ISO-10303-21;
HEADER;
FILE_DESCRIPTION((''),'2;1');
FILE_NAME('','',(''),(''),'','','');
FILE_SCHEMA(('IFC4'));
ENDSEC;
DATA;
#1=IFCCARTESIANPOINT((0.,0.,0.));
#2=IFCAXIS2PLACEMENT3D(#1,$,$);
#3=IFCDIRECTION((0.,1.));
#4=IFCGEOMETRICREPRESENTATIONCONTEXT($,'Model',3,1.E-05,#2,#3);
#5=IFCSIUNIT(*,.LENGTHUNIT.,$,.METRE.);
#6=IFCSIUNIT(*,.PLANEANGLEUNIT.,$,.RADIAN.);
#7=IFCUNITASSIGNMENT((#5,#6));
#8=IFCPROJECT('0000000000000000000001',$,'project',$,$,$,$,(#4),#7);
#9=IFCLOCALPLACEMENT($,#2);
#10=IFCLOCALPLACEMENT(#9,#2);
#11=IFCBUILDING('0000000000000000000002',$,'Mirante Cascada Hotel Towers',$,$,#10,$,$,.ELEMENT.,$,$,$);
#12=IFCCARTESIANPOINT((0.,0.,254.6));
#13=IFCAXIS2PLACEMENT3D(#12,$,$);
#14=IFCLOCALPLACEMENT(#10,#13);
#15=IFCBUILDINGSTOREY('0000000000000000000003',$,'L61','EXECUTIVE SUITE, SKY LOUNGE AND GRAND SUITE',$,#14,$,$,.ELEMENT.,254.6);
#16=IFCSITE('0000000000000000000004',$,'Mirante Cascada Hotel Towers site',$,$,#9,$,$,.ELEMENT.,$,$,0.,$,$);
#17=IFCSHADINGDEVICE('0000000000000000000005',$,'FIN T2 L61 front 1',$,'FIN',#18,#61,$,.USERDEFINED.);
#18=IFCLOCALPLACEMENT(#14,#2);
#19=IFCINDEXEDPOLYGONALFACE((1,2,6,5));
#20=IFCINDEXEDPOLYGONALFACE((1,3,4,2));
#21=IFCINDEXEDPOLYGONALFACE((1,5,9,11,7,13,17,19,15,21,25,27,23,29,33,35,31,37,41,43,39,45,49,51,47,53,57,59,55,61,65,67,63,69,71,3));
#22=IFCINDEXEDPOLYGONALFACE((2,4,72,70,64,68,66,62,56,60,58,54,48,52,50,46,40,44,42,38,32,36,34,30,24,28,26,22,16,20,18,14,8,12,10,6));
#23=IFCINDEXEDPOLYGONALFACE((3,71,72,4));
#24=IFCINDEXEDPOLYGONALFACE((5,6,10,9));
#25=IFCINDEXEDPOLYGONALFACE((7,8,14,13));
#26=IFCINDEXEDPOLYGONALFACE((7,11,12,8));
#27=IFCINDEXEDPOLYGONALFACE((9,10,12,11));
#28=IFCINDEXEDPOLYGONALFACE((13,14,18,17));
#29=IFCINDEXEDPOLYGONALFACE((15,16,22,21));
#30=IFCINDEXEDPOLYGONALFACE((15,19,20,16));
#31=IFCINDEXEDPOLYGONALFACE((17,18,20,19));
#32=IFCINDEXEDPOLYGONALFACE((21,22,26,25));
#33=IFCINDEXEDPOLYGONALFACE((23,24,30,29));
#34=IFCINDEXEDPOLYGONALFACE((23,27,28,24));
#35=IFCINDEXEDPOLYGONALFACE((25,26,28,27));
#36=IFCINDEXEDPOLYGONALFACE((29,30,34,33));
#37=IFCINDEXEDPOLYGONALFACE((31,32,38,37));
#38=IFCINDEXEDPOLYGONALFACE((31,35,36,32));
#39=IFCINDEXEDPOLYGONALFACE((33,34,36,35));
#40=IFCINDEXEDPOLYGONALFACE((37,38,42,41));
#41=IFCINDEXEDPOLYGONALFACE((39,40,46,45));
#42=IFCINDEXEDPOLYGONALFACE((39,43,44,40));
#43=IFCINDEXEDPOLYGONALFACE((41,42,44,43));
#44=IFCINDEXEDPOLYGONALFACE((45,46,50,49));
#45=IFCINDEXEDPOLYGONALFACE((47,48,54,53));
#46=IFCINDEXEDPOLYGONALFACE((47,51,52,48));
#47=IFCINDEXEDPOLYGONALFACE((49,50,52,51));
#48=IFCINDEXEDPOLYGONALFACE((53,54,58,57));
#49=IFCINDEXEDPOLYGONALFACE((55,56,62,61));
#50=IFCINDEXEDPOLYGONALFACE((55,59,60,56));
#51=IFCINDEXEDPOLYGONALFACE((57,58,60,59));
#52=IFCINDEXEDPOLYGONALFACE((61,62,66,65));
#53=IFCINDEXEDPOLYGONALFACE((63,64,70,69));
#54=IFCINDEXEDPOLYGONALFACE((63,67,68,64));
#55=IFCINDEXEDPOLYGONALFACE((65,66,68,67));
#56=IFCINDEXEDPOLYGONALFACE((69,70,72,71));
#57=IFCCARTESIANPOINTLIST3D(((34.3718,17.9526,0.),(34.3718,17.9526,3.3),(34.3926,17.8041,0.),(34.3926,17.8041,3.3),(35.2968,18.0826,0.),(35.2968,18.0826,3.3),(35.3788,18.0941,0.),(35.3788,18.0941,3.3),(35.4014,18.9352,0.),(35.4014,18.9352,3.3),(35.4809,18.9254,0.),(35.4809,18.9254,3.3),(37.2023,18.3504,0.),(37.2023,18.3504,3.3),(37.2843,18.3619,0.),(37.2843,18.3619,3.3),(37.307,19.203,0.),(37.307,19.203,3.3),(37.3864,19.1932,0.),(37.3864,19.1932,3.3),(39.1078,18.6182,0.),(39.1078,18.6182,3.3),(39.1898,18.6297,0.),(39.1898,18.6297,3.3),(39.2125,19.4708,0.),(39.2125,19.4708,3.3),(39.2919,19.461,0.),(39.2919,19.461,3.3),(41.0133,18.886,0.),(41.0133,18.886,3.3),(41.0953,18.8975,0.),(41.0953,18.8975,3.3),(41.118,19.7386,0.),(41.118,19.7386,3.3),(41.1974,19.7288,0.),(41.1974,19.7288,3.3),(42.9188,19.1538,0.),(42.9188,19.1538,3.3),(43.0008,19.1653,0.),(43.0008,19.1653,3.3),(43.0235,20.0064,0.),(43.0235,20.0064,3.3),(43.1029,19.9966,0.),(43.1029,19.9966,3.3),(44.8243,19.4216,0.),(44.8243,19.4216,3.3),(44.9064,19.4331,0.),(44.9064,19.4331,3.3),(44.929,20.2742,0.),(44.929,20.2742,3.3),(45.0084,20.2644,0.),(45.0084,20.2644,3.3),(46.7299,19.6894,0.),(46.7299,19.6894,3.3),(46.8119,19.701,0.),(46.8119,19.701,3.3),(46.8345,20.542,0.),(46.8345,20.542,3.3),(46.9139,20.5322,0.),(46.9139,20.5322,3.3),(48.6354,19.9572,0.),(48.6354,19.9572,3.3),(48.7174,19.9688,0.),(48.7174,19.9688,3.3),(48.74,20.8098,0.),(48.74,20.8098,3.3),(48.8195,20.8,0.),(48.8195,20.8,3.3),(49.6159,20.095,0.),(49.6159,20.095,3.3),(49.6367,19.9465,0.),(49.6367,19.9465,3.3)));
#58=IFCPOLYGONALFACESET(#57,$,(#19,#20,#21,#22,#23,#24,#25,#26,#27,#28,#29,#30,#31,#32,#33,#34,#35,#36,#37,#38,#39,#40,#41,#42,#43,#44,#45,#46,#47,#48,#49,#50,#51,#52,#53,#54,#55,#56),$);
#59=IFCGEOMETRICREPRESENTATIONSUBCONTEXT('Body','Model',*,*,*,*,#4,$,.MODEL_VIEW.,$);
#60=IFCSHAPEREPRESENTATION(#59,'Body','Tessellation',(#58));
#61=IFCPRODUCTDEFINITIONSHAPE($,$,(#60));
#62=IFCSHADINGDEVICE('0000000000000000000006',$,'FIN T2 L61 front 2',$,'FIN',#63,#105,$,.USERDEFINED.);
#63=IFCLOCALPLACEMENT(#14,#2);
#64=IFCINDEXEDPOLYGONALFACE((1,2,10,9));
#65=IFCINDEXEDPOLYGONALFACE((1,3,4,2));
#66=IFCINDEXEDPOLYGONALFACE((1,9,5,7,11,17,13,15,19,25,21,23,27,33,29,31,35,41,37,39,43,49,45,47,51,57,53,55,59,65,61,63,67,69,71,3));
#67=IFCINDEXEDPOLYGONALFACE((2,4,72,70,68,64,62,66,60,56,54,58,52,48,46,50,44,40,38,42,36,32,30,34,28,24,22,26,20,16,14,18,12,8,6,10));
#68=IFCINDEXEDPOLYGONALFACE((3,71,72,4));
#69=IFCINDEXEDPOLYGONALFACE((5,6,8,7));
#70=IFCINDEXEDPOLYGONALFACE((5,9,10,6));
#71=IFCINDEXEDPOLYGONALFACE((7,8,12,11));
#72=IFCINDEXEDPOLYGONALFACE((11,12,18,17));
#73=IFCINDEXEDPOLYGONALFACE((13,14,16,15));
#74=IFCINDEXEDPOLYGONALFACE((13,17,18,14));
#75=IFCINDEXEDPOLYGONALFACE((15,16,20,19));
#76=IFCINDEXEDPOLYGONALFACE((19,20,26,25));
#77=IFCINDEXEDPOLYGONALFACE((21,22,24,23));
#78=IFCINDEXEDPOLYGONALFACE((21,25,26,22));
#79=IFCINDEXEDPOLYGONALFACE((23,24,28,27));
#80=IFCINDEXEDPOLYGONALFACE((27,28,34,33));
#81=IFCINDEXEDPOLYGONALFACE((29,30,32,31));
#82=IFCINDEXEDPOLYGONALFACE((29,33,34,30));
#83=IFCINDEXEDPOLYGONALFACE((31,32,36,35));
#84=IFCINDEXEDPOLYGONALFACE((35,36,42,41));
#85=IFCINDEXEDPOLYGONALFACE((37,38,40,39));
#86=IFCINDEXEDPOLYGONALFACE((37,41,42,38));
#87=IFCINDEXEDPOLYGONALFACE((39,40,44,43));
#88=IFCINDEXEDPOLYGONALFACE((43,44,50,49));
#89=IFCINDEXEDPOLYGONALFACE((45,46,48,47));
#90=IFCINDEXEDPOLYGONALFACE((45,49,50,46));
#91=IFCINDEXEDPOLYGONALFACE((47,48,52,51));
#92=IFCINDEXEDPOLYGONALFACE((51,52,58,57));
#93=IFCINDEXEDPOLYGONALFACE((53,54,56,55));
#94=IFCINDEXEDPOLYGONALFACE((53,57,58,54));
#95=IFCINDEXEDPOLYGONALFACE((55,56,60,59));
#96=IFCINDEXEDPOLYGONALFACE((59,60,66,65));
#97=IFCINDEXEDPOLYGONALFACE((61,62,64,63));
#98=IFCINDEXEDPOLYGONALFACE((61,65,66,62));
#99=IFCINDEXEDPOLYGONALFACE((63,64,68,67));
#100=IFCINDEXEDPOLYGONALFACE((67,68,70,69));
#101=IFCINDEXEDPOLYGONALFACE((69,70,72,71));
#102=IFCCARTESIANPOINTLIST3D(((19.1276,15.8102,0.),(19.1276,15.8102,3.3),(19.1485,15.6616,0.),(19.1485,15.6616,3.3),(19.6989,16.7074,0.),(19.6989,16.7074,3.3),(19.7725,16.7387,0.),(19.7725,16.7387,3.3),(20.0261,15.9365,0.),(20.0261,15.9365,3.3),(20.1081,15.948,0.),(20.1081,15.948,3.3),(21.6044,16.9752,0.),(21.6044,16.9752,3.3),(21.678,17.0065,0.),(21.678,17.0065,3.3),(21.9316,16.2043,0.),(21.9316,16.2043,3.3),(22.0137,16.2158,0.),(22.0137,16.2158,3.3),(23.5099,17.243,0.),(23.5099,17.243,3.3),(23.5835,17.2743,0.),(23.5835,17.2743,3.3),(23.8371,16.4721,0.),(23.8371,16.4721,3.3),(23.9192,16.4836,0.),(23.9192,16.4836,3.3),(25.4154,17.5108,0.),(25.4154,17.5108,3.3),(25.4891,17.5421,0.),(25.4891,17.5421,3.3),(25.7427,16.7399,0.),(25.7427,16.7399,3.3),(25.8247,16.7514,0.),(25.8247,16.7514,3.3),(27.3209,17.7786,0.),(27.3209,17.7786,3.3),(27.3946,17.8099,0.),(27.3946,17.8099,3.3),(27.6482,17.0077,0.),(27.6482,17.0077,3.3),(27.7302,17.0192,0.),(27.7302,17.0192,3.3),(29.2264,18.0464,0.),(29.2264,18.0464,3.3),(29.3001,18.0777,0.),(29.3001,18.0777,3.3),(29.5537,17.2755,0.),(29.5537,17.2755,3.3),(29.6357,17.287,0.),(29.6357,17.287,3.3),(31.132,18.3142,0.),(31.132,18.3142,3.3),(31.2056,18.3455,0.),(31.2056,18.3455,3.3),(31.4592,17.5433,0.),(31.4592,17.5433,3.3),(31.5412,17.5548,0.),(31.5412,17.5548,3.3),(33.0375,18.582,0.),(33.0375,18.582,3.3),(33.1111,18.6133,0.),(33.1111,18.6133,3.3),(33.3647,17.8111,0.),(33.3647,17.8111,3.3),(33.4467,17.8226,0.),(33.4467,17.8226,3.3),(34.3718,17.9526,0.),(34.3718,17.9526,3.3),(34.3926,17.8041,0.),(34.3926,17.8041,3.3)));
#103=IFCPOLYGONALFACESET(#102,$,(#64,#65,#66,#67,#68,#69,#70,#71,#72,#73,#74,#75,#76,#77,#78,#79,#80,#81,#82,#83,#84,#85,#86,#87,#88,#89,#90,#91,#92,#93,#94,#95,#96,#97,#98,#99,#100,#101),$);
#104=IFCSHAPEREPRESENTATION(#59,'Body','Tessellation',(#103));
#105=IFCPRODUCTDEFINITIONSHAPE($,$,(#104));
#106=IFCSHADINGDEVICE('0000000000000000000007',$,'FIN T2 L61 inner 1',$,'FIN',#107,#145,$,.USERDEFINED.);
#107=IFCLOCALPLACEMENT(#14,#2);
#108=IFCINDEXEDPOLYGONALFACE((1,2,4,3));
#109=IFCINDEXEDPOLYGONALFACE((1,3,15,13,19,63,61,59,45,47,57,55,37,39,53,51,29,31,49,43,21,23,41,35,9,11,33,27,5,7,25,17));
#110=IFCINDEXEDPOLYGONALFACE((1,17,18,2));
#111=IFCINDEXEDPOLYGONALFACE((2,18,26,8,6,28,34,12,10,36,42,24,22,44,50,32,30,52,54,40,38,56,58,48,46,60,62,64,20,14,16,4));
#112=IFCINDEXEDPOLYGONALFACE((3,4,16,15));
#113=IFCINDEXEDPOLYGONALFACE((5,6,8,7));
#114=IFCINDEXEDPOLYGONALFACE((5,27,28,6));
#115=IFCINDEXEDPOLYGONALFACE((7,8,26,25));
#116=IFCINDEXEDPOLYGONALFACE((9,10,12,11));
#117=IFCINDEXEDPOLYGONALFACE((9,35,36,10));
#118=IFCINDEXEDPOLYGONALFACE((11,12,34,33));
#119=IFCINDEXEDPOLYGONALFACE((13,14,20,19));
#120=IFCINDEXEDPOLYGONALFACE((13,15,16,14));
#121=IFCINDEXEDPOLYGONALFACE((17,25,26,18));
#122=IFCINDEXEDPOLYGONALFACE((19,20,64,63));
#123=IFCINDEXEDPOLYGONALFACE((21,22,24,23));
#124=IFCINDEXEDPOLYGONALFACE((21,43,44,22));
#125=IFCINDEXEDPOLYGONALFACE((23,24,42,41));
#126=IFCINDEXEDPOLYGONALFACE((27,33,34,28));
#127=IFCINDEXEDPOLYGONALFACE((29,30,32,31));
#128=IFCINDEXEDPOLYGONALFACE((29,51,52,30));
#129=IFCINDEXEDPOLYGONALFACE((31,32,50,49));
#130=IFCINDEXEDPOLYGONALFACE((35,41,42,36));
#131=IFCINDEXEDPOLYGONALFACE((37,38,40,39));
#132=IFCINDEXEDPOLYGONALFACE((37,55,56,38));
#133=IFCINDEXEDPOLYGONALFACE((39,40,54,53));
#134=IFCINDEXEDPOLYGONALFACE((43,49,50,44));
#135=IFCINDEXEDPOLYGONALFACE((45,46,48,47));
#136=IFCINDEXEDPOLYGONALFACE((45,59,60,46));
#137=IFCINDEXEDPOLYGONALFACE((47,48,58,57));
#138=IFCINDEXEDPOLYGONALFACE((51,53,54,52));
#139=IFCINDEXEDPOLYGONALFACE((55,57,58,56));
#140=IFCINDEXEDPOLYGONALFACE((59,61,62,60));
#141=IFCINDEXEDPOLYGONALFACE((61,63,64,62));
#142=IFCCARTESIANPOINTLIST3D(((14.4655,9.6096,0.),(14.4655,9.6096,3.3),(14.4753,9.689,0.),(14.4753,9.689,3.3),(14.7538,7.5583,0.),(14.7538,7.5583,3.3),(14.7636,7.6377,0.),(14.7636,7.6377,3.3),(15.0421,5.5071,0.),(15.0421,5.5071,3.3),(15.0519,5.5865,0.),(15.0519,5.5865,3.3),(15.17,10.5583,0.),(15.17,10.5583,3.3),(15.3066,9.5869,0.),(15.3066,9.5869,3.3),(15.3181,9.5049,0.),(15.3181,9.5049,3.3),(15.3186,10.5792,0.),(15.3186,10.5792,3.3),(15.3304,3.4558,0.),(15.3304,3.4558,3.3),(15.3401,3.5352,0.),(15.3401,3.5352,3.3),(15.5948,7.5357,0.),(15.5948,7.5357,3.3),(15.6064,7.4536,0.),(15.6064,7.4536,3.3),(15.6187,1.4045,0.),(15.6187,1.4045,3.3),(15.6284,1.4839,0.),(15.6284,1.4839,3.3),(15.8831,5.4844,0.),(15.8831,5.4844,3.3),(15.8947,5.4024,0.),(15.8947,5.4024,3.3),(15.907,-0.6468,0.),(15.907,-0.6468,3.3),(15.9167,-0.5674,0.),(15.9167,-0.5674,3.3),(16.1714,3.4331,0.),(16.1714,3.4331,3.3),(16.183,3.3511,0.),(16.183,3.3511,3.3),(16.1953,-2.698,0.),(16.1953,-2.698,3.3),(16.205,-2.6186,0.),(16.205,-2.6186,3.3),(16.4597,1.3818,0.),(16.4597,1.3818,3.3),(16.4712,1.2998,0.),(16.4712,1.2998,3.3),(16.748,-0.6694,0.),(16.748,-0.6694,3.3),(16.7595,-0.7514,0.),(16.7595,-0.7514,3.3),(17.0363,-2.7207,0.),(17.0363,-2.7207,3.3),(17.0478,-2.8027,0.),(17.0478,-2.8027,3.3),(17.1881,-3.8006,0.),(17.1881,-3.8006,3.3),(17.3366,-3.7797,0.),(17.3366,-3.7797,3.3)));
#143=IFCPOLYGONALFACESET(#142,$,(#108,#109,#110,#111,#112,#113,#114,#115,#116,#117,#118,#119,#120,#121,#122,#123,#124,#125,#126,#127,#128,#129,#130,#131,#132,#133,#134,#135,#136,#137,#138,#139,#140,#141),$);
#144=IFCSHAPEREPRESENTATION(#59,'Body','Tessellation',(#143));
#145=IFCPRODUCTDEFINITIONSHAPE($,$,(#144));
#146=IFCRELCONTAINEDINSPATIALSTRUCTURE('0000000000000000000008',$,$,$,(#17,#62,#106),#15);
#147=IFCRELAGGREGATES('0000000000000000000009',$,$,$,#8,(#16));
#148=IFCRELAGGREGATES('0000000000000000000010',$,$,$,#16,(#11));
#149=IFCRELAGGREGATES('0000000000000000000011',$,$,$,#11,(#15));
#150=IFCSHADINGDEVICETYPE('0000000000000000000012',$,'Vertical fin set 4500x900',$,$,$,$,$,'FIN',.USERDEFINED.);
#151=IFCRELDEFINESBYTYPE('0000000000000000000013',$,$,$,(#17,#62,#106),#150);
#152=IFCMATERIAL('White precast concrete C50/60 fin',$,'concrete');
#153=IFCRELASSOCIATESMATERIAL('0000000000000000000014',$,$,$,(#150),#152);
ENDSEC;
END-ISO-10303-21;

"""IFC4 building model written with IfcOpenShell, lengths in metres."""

from ifc_helpers import new_model, si_unit, direction, frame, origin, place, context, subcontext, project, spatial, polyline, outline, extrude, material, type_object, element, save


model = new_model("IFC4")

# Units and contexts
model_context = context("Model", 3, precision=1e-05, world=origin(), true_north=direction((0.0, 1.0)))
body_context = subcontext(model_context, "Body", "Model", "MODEL_VIEW")
ifc_project = project(units=[si_unit("LENGTHUNIT", "METRE"), si_unit("PLANEANGLEUNIT", "RADIAN")], contexts=[model_context])

# Site, building, storey
site_placement = place(None, origin())
site = spatial("IfcSite", under=ifc_project, at=site_placement, Name="Mirante Cascada Hotel Towers site", CompositionType="ELEMENT", RefElevation=0.0)
building_placement = place(site_placement, origin())
building = spatial("IfcBuilding", under=site, at=building_placement, Name="Mirante Cascada Hotel Towers", CompositionType="ELEMENT")
storey_placement = place(building_placement, frame((0.0, 0.0, 254.6)))
storey = spatial("IfcBuildingStorey", under=building, at=storey_placement, Name="L61", Description="EXECUTIVE SUITE, SKY LOUNGE AND GRAND SUITE", CompositionType="ELEMENT", Elevation=254.6)

# Shading devices
ifc_material_1 = material(Name="White precast concrete C50/60 fin", Category="concrete")
shading_device_type = type_object("IfcShadingDeviceType", Name="Vertical fin set 4500x900", ElementType="FIN", PredefinedType="USERDEFINED", material=ifc_material_1)
shading_device_1_placement = place(storey_placement, origin())
element("IfcShadingDevice", 1, at=shading_device_1_placement, inside=storey, type_object=shading_device_type, Name="FIN T2 L61 front 1", ObjectType="FIN", PredefinedType="USERDEFINED", context=body_context, shape_type="SweptSolid", body=[
    extrude(outline(polyline([(35.4809, 18.9254), (35.3788, 18.0941), (37.2023, 18.3504), (37.307, 19.203), (37.3864, 19.1932), (37.2843, 18.3619), (39.1078, 18.6182), (39.2125, 19.4708), (39.2919, 19.461), (39.1898, 18.6297), (41.0133, 18.886), (41.118, 19.7386), (41.1974, 19.7288), (41.0953, 18.8975), (42.9188, 19.1538), (43.0235, 20.0064), (43.1029, 19.9966), (43.0008, 19.1653), (44.8243, 19.4216), (44.929, 20.2742), (45.0084, 20.2644), (44.9064, 19.4331), (46.7299, 19.6894), (46.8345, 20.542), (46.9139, 20.5322), (46.8119, 19.701), (48.6354, 19.9572), (48.74, 20.8098), (48.8195, 20.8), (48.7174, 19.9688), (49.6159, 20.095), (49.6367, 19.9465), (34.3926, 17.8041), (34.3718, 17.9526), (35.2968, 18.0826), (35.4014, 18.9352), (35.4809, 18.9254)])), origin(), (0.0, 0.0, 1.0), 3.3),
])
shading_device_2_placement = place(storey_placement, origin())
element("IfcShadingDevice", 2, at=shading_device_2_placement, inside=storey, type_object=shading_device_type, Name="FIN T2 L61 front 2", ObjectType="FIN", PredefinedType="USERDEFINED", context=body_context, shape_type="SweptSolid", body=[
    extrude(outline(polyline([(19.7725, 16.7387), (20.1081, 15.948), (21.9316, 16.2043), (21.6044, 16.9752), (21.678, 17.0065), (22.0137, 16.2158), (23.8371, 16.4721), (23.5099, 17.243), (23.5835, 17.2743), (23.9192, 16.4836), (25.7427, 16.7399), (25.4154, 17.5108), (25.4891, 17.5421), (25.8247, 16.7514), (27.6482, 17.0077), (27.3209, 17.7786), (27.3946, 17.8099), (27.7302, 17.0192), (29.5537, 17.2755), (29.2264, 18.0464), (29.3001, 18.0777), (29.6357, 17.287), (31.4592, 17.5433), (31.132, 18.3142), (31.2056, 18.3455), (31.5412, 17.5548), (33.3647, 17.8111), (33.0375, 18.582), (33.1111, 18.6133), (33.4467, 17.8226), (34.3718, 17.9526), (34.3926, 17.8041), (19.1485, 15.6616), (19.1276, 15.8102), (20.0261, 15.9365), (19.6989, 16.7074), (19.7725, 16.7387)])), origin(), (0.0, 0.0, 1.0), 3.3),
])
shading_device_3_placement = place(storey_placement, origin())
element("IfcShadingDevice", 3, at=shading_device_3_placement, inside=storey, type_object=shading_device_type, Name="FIN T2 L61 inner 1", ObjectType="FIN", PredefinedType="USERDEFINED", context=body_context, shape_type="SweptSolid", body=[
    extrude(outline(polyline([(16.205, -2.6186), (17.0363, -2.7207), (16.7595, -0.7514), (15.907, -0.6468), (15.9167, -0.5674), (16.748, -0.6694), (16.4712, 1.2998), (15.6187, 1.4045), (15.6284, 1.4839), (16.4597, 1.3818), (16.183, 3.3511), (15.3304, 3.4558), (15.3401, 3.5352), (16.1714, 3.4331), (15.8947, 5.4024), (15.0421, 5.5071), (15.0519, 5.5865), (15.8831, 5.4844), (15.6064, 7.4536), (14.7538, 7.5583), (14.7636, 7.6377), (15.5948, 7.5357), (15.3181, 9.5049), (14.4655, 9.6096), (14.4753, 9.689), (15.3066, 9.5869), (15.17, 10.5583), (15.3186, 10.5792), (17.3366, -3.7797), (17.1881, -3.8006), (17.0478, -2.8027), (16.1953, -2.698), (16.205, -2.6186)])), origin(), (0.0, 0.0, 1.0), 3.3),
])

save(model, "model.ifc")
